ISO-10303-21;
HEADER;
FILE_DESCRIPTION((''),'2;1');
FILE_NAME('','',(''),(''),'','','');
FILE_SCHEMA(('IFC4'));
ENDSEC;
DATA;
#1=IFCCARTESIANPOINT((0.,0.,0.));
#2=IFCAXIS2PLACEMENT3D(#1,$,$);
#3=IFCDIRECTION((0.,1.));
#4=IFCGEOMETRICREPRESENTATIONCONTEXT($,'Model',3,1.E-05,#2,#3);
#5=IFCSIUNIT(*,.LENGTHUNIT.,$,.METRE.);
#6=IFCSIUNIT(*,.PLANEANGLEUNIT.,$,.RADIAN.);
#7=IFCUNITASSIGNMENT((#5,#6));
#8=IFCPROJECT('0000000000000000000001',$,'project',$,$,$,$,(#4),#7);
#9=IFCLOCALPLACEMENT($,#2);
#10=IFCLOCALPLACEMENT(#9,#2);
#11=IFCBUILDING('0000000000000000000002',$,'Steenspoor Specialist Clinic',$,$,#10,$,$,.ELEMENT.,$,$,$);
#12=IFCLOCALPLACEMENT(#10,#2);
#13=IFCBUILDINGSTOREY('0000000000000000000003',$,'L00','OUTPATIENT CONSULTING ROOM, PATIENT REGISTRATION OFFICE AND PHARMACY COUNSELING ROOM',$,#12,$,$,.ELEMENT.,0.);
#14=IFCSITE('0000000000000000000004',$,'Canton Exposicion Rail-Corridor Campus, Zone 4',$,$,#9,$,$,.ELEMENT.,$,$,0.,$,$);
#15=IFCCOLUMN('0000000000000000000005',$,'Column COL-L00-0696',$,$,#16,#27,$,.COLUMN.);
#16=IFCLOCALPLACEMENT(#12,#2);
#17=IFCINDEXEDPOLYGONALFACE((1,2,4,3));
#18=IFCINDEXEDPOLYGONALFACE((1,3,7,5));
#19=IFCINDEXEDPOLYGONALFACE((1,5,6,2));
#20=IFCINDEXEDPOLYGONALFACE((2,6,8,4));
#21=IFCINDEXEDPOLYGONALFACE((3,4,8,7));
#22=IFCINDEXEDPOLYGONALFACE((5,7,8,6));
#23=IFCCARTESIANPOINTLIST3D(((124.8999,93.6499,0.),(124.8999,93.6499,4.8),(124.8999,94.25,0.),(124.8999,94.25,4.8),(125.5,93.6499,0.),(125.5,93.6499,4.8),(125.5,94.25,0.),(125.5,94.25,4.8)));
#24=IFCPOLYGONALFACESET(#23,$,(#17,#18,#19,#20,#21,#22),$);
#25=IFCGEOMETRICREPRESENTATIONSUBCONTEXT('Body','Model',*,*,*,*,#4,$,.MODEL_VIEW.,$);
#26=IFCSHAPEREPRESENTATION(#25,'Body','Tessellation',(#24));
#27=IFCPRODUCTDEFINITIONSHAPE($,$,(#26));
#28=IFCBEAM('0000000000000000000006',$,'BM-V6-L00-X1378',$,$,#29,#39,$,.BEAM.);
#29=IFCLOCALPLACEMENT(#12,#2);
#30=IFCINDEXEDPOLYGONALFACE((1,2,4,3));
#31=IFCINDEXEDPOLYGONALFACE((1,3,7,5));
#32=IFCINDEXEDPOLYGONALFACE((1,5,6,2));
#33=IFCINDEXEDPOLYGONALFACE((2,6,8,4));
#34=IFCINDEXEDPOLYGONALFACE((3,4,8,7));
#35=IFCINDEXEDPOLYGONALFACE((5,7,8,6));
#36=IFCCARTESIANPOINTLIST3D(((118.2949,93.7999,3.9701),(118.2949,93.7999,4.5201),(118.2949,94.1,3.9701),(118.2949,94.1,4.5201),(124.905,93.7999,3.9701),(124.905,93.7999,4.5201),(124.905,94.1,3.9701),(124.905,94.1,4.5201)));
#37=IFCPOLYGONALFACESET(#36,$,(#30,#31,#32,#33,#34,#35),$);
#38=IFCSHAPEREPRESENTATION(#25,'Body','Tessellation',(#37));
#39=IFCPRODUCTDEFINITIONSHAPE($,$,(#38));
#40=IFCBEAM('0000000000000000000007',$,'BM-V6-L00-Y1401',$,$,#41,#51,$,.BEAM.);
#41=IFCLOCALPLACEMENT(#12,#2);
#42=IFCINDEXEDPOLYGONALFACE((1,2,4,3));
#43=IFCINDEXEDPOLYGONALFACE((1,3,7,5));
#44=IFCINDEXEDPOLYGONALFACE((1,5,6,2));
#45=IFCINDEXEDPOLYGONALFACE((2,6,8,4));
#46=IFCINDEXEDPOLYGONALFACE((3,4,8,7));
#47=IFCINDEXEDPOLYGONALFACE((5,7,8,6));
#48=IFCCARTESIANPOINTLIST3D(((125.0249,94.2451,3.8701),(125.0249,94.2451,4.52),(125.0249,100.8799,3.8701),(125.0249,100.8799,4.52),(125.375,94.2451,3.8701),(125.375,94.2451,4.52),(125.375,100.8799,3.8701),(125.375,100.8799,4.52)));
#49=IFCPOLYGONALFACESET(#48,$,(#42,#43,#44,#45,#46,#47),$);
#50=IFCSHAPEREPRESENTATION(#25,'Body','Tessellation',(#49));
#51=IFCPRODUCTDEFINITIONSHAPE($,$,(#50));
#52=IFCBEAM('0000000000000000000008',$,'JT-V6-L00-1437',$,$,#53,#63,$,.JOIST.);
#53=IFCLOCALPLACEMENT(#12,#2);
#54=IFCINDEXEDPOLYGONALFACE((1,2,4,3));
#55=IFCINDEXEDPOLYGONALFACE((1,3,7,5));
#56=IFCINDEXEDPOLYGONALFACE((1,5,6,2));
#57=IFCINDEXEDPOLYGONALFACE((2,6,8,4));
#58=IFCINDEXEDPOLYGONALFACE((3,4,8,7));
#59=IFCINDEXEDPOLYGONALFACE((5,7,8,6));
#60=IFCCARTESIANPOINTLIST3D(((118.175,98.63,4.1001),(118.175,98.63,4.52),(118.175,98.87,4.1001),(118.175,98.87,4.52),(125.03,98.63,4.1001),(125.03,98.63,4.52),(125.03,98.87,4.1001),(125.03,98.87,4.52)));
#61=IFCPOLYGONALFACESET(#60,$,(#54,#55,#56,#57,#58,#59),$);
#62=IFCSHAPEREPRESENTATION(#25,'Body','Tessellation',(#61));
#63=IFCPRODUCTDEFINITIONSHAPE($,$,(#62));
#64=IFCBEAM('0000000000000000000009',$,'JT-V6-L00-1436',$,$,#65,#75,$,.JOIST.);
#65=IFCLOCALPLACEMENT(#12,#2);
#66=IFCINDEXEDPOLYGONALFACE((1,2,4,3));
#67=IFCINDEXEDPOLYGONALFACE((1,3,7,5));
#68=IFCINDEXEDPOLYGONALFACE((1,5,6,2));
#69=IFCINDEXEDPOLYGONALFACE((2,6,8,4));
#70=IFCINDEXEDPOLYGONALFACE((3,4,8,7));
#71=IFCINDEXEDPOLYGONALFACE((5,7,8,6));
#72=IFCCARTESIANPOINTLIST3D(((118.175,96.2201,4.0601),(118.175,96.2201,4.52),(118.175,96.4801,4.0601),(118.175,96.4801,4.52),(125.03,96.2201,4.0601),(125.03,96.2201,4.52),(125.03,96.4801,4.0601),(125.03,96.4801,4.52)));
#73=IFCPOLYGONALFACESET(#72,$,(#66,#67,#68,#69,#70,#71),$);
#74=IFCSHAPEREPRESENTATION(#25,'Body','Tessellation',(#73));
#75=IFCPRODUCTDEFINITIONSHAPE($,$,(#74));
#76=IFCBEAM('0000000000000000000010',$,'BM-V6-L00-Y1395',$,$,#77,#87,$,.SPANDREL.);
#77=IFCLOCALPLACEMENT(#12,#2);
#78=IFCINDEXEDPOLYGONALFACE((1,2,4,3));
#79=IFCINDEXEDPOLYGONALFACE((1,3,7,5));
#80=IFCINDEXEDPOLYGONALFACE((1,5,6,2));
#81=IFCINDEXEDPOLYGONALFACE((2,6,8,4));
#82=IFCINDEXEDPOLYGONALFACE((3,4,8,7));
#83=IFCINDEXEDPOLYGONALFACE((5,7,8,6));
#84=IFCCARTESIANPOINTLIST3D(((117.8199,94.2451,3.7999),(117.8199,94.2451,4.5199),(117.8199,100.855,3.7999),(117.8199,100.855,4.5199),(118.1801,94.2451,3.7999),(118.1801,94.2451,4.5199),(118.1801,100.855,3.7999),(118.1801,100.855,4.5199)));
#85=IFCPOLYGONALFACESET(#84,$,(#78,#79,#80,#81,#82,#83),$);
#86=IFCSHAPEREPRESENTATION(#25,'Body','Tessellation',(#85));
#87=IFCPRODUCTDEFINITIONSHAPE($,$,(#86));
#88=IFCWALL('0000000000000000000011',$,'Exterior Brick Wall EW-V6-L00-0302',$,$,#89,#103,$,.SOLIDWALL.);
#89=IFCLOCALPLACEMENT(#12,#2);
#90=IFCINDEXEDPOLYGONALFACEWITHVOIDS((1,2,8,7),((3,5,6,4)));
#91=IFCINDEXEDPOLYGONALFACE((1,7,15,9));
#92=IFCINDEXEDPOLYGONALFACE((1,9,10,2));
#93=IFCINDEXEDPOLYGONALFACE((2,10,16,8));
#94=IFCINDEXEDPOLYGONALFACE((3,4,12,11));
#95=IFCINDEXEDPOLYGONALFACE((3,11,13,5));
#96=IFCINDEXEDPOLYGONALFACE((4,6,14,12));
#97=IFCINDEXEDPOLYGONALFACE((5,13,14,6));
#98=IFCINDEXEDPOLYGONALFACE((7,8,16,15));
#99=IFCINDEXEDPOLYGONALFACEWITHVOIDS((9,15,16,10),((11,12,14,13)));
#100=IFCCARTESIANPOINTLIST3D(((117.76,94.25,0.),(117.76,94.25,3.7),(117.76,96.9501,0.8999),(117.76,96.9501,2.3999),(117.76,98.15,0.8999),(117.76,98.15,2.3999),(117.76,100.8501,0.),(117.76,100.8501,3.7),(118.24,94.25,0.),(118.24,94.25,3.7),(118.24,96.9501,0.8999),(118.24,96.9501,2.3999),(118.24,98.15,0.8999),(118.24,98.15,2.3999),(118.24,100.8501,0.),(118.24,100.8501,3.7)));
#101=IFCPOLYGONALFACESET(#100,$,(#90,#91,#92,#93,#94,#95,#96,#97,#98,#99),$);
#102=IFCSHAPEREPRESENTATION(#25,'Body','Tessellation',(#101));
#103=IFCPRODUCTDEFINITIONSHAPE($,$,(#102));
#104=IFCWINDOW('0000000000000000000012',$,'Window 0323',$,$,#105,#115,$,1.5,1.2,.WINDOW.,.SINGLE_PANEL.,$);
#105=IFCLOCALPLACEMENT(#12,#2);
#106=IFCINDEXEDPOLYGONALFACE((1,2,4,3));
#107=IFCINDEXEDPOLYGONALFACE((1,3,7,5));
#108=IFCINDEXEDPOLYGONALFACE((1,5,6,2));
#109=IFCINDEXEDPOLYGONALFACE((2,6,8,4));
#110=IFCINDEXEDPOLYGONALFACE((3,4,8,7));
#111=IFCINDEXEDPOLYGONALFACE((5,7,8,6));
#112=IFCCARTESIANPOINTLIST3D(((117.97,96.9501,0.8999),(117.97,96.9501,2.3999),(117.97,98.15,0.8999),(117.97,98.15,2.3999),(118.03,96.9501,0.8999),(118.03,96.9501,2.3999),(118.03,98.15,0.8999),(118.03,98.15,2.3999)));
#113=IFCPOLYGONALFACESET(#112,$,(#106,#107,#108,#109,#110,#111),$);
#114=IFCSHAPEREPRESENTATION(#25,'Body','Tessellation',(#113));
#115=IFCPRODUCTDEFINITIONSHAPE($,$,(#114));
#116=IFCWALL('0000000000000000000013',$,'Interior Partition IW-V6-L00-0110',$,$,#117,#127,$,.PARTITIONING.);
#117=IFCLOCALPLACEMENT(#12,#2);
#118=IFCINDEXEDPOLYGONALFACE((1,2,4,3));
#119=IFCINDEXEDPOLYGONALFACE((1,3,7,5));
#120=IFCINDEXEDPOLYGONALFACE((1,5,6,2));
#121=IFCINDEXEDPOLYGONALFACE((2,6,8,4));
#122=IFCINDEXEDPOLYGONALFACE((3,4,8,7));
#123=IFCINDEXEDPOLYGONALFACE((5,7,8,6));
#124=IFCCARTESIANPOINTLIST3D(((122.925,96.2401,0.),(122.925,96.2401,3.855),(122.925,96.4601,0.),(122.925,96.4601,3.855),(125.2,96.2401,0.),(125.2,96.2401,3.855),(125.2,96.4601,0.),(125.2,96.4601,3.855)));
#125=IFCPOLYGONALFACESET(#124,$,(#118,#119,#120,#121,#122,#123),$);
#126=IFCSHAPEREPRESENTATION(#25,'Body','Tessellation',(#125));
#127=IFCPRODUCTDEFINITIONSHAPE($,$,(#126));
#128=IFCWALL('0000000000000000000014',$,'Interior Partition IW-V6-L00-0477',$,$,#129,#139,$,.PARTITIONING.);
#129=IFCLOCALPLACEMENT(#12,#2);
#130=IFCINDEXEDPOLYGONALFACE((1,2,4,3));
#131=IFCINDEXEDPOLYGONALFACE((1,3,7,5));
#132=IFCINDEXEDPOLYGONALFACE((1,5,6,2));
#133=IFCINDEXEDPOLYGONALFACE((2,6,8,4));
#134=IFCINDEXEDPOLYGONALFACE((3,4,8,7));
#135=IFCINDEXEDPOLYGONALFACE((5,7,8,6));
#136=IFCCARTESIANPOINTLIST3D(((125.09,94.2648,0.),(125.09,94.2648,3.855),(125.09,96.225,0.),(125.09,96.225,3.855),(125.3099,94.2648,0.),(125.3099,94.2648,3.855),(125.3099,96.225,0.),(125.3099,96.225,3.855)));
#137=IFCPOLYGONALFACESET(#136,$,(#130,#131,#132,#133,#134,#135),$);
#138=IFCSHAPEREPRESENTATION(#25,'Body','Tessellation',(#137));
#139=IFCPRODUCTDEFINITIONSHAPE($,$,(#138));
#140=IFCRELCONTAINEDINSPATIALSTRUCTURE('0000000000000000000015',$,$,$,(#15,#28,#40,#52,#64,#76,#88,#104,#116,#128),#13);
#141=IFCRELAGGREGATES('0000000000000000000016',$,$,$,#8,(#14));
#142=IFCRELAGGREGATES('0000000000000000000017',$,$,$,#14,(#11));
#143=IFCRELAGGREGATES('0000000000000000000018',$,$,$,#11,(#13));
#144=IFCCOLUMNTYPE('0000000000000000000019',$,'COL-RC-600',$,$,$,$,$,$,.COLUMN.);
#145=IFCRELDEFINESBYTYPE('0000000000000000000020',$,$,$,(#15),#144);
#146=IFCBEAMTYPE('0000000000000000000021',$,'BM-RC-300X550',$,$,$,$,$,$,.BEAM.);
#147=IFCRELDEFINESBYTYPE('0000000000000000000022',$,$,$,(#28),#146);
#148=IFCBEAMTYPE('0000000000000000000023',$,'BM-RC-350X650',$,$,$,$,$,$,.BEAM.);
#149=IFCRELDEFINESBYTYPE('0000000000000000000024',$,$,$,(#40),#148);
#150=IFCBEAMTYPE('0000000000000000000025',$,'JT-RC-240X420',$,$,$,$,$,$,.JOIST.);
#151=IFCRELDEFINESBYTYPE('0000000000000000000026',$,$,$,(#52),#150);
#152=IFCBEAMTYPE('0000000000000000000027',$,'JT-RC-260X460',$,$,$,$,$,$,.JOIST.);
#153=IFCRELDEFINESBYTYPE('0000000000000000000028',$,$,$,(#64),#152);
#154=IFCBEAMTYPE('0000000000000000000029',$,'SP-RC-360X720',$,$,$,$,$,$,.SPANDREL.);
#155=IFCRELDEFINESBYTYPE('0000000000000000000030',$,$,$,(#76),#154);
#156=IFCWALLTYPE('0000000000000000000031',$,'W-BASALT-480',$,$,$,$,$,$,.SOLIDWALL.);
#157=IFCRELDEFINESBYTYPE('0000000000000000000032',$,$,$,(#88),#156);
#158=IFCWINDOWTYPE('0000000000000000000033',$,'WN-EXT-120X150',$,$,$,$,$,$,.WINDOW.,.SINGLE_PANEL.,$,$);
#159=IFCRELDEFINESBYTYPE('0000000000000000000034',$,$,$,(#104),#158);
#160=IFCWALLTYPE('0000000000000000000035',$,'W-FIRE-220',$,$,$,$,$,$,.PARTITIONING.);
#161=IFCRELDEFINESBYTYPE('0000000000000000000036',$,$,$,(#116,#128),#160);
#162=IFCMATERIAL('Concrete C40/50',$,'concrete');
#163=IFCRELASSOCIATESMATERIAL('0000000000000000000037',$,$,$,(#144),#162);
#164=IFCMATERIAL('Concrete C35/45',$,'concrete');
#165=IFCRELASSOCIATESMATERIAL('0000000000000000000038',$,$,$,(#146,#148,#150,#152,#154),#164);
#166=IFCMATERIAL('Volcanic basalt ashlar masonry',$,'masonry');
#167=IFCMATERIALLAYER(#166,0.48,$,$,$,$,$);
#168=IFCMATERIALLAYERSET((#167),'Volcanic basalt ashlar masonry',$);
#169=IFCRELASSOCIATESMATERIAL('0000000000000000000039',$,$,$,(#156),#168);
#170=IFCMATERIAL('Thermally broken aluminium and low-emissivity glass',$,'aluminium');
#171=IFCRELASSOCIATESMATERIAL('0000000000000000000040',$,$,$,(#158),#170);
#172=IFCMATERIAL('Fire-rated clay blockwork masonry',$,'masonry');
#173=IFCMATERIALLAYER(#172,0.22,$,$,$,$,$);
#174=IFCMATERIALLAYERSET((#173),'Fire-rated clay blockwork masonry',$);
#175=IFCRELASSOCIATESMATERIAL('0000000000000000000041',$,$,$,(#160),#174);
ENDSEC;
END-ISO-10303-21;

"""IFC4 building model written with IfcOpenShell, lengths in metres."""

from ifc_helpers import new_model, si_unit, direction, frame, frame_2d, origin, origin_2d, place, context, subcontext, project, spatial, rectangle, extrude, material, layer, layer_set, material_profile, profile_set, type_object, element, fill, save


model = new_model("IFC4")

# Units and contexts
model_context = context("Model", 3, precision=1e-05, world=origin(), true_north=direction((0.0, 1.0)))
body_context = subcontext(model_context, "Body", "Model", "MODEL_VIEW")
ifc_project = project(units=[si_unit("LENGTHUNIT", "METRE"), si_unit("PLANEANGLEUNIT", "RADIAN")], contexts=[model_context])

# Site, building, storey
site_placement = place(None, origin())
site = spatial("IfcSite", under=ifc_project, at=site_placement, Name="Canton Exposicion Rail-Corridor Campus, Zone 4", CompositionType="ELEMENT", RefElevation=0.0)
building_placement = place(site_placement, origin())
building = spatial("IfcBuilding", under=site, at=building_placement, Name="Steenspoor Specialist Clinic", CompositionType="ELEMENT")
storey_placement = place(building_placement, origin())
storey = spatial("IfcBuildingStorey", under=building, at=storey_placement, Name="L00", Description="OUTPATIENT CONSULTING ROOM, PATIENT REGISTRATION OFFICE AND PHARMACY COUNSELING ROOM", CompositionType="ELEMENT", Elevation=0.0)

# Shared definitions
ifc_material_1 = material(Name="Concrete C35/45", Category="concrete")

# Column
ifc_material_2 = material(Name="Concrete C40/50", Category="concrete")
ifc_material_profile_1 = material_profile(ifc_material_2, rectangle(XDim=0.6001, YDim=0.6001, at=origin_2d()), Name="RC-COL-600X600")
ifc_profile_set_1 = profile_set([ifc_material_profile_1], Name="Concrete C40/50")
column_type = type_object("IfcColumnType", Name="COL-RC-600", PredefinedType="COLUMN", material=ifc_profile_set_1)
for number, where, z_axis, x_axis, name in (
    (1, (125.2, 93.95, 0.0), (0.0, 0.0, 1.0), (1.0, 0.0, 0.0), "Column COL-L00-0696"),
):
    element("IfcColumn", number, at=place(storey_placement, frame(where, z_axis=z_axis, x_axis=x_axis)), inside=storey, type_object=column_type, Name=name, PredefinedType="COLUMN", context=body_context, shape_type="SweptSolid", body=[
        extrude(rectangle(XDim=0.6001, YDim=0.6001, at=origin_2d()), origin(), (0.0, 0.0, 1.0), 4.8),
    ])

# Beams
ifc_material_profile_2 = material_profile(ifc_material_1, rectangle(XDim=0.3, YDim=0.55, at=origin_2d()), Name="RC-BM-300X550")
ifc_profile_set_2 = profile_set([ifc_material_profile_2], Name="Concrete C35/45")
beam_type_1 = type_object("IfcBeamType", Name="BM-RC-300X550", PredefinedType="BEAM", material=ifc_profile_set_2)
beam_1_placement = place(storey_placement, frame((118.2949, 93.95, 4.2451), z_axis=(1.0, 0.0, 0.0), x_axis=(0.0, 1.0, 0.0)))
element("IfcBeam", 2, at=beam_1_placement, inside=storey, type_object=beam_type_1, Name="BM-V6-L00-X1378", PredefinedType="BEAM", context=body_context, shape_type="SweptSolid", body=[
    extrude(rectangle(XDim=0.3, YDim=0.55, at=origin_2d()), origin(), (0.0, 0.0, 1.0), 6.6101),
])
ifc_material_profile_3 = material_profile(ifc_material_1, rectangle(XDim=0.3501, YDim=0.6499, at=origin_2d()), Name="RC-BM-350X650")
ifc_profile_set_3 = profile_set([ifc_material_profile_3], Name="Concrete C35/45")
beam_type_2 = type_object("IfcBeamType", Name="BM-RC-350X650", PredefinedType="BEAM", material=ifc_profile_set_3)
beam_2_placement = place(storey_placement, frame((125.2, 94.2451, 4.1951), z_axis=(0.0, 1.0, 0.0), x_axis=(-1.0, 0.0, 0.0)))
element("IfcBeam", 3, at=beam_2_placement, inside=storey, type_object=beam_type_2, Name="BM-V6-L00-Y1401", PredefinedType="BEAM", context=body_context, shape_type="SweptSolid", body=[
    extrude(rectangle(XDim=0.3501, YDim=0.6499, at=origin_2d()), origin(), (0.0, 0.0, 1.0), 6.6348),
])
ifc_material_profile_4 = material_profile(ifc_material_1, rectangle(XDim=0.24, YDim=0.4199, at=origin_2d()), Name="RC-JT-240X420")
ifc_profile_set_4 = profile_set([ifc_material_profile_4], Name="Concrete C35/45")
beam_type_3 = type_object("IfcBeamType", Name="JT-RC-240X420", PredefinedType="JOIST", material=ifc_profile_set_4)
beam_3_placement = place(storey_placement, frame((118.175, 98.75, 4.3101), z_axis=(1.0, 0.0, 0.0), x_axis=(0.0, 1.0, 0.0)))
element("IfcBeam", 4, at=beam_3_placement, inside=storey, type_object=beam_type_3, Name="JT-V6-L00-1437", PredefinedType="JOIST", context=body_context, shape_type="SweptSolid", body=[
    extrude(rectangle(XDim=0.24, YDim=0.4199, at=origin_2d()), origin(), (0.0, 0.0, 1.0), 6.855),
])
ifc_material_profile_5 = material_profile(ifc_material_1, rectangle(XDim=0.26, YDim=0.46, at=origin_2d()), Name="RC-JT-260X460")
ifc_profile_set_5 = profile_set([ifc_material_profile_5], Name="Concrete C35/45")
beam_type_4 = type_object("IfcBeamType", Name="JT-RC-260X460", PredefinedType="JOIST", material=ifc_profile_set_5)
beam_4_placement = place(storey_placement, frame((118.175, 96.3501, 4.29), z_axis=(1.0, 0.0, 0.0), x_axis=(0.0, 1.0, 0.0)))
element("IfcBeam", 5, at=beam_4_placement, inside=storey, type_object=beam_type_4, Name="JT-V6-L00-1436", PredefinedType="JOIST", context=body_context, shape_type="SweptSolid", body=[
    extrude(rectangle(XDim=0.26, YDim=0.46, at=origin_2d()), origin(), (0.0, 0.0, 1.0), 6.855),
])
ifc_material_profile_6 = material_profile(ifc_material_1, rectangle(XDim=0.3601, YDim=0.72, at=origin_2d()), Name="RC-SP-360X720")
ifc_profile_set_6 = profile_set([ifc_material_profile_6], Name="Concrete C35/45")
beam_type_5 = type_object("IfcBeamType", Name="SP-RC-360X720", PredefinedType="SPANDREL", material=ifc_profile_set_6)
beam_5_placement = place(storey_placement, frame((118.0, 94.2451, 4.1599), z_axis=(0.0, 1.0, 0.0), x_axis=(-1.0, 0.0, 0.0)))
element("IfcBeam", 6, at=beam_5_placement, inside=storey, type_object=beam_type_5, Name="BM-V6-L00-Y1395", PredefinedType="SPANDREL", context=body_context, shape_type="SweptSolid", body=[
    extrude(rectangle(XDim=0.3601, YDim=0.72, at=origin_2d()), origin(), (0.0, 0.0, 1.0), 6.6099),
])

# Wall, opening, window
ifc_material_3 = material(Name="Volcanic basalt ashlar masonry", Category="masonry")
ifc_layer_1 = layer(ifc_material_3, 0.48)
ifc_layer_set_1 = layer_set([ifc_layer_1], Name="Volcanic basalt ashlar masonry")
wall_type_1 = type_object("IfcWallType", Name="W-BASALT-480", PredefinedType="SOLIDWALL", material=ifc_layer_set_1)
wall_1_placement = place(storey_placement, frame((118.0, 94.25, 0.0), z_axis=(0.0, 0.0, 1.0), x_axis=(0.0, 1.0, 0.0)))
wall_1 = element("IfcWall", 7, at=wall_1_placement, inside=storey, type_object=wall_type_1, Name="Exterior Brick Wall EW-V6-L00-0302", PredefinedType="SOLIDWALL", context=body_context, shape_type="SweptSolid", body=[
    extrude(rectangle(XDim=6.6001, YDim=0.48, at=frame_2d((3.3, 0.0))), origin(), (0.0, 0.0, 1.0), 3.7),
])
opening_1_placement = place(wall_1_placement, frame((2.7, 0.0, 0.8999)))
opening_1 = element("IfcOpeningElement", 8, at=opening_1_placement, cuts=wall_1, PredefinedType="OPENING", context=body_context, shape_type="SweptSolid", body=[
    extrude(rectangle(XDim=1.2, YDim=1.5, at=frame_2d((0.6001, 0.75))), frame((0.0, 0.25, 0.0), z_axis=(0.0, -1.0, 0.0), x_axis=(1.0, 0.0, 0.0)), (0.0, 0.0, 1.0), 0.5),
])
ifc_material_4 = material(Name="Thermally broken aluminium and low-emissivity glass", Category="aluminium")
window_type = type_object("IfcWindowType", Name="WN-EXT-120X150", PartitioningType="SINGLE_PANEL", PredefinedType="WINDOW", material=ifc_material_4)
window_placement = place(opening_1_placement, origin())
window = element("IfcWindow", 9, at=window_placement, inside=storey, type_object=window_type, Name="Window 0323", OverallHeight=1.5, OverallWidth=1.2, PartitioningType="SINGLE_PANEL", PredefinedType="WINDOW", context=body_context, shape_type="SweptSolid", body=[
    extrude(rectangle(XDim=1.2, YDim=1.5, at=frame_2d((0.6001, 0.75))), frame((0.0, 0.03, 0.0), z_axis=(0.0, -1.0, 0.0), x_axis=(1.0, 0.0, 0.0)), (0.0, 0.0, 1.0), 0.0601),
])
fill(opening_1, window)

# Walls
ifc_material_5 = material(Name="Fire-rated clay blockwork masonry", Category="masonry")
ifc_layer_2 = layer(ifc_material_5, 0.22)
ifc_layer_set_2 = layer_set([ifc_layer_2], Name="Fire-rated clay blockwork masonry")
wall_type_2 = type_object("IfcWallType", Name="W-FIRE-220", PredefinedType="PARTITIONING", material=ifc_layer_set_2)
wall_2_placement = place(storey_placement, frame((122.925, 96.3501, 0.0), z_axis=(0.0, 0.0, 1.0), x_axis=(1.0, 0.0, 0.0)))
element("IfcWall", 10, at=wall_2_placement, inside=storey, type_object=wall_type_2, Name="Interior Partition IW-V6-L00-0110", PredefinedType="PARTITIONING", context=body_context, shape_type="SweptSolid", body=[
    extrude(rectangle(XDim=2.2749, YDim=0.22, at=frame_2d((1.1375, 0.0))), origin(), (0.0, 0.0, 1.0), 3.855),
])
wall_3_placement = place(storey_placement, frame((125.2, 94.2649, 0.0), z_axis=(0.0, 0.0, 1.0), x_axis=(0.0, 1.0, 0.0)))
element("IfcWall", 11, at=wall_3_placement, inside=storey, type_object=wall_type_2, Name="Interior Partition IW-V6-L00-0477", PredefinedType="PARTITIONING", context=body_context, shape_type="SweptSolid", body=[
    extrude(rectangle(XDim=1.9602, YDim=0.22, at=frame_2d((0.98, 0.0))), origin(), (0.0, 0.0, 1.0), 3.855),
])

save(model, "model.ifc")
